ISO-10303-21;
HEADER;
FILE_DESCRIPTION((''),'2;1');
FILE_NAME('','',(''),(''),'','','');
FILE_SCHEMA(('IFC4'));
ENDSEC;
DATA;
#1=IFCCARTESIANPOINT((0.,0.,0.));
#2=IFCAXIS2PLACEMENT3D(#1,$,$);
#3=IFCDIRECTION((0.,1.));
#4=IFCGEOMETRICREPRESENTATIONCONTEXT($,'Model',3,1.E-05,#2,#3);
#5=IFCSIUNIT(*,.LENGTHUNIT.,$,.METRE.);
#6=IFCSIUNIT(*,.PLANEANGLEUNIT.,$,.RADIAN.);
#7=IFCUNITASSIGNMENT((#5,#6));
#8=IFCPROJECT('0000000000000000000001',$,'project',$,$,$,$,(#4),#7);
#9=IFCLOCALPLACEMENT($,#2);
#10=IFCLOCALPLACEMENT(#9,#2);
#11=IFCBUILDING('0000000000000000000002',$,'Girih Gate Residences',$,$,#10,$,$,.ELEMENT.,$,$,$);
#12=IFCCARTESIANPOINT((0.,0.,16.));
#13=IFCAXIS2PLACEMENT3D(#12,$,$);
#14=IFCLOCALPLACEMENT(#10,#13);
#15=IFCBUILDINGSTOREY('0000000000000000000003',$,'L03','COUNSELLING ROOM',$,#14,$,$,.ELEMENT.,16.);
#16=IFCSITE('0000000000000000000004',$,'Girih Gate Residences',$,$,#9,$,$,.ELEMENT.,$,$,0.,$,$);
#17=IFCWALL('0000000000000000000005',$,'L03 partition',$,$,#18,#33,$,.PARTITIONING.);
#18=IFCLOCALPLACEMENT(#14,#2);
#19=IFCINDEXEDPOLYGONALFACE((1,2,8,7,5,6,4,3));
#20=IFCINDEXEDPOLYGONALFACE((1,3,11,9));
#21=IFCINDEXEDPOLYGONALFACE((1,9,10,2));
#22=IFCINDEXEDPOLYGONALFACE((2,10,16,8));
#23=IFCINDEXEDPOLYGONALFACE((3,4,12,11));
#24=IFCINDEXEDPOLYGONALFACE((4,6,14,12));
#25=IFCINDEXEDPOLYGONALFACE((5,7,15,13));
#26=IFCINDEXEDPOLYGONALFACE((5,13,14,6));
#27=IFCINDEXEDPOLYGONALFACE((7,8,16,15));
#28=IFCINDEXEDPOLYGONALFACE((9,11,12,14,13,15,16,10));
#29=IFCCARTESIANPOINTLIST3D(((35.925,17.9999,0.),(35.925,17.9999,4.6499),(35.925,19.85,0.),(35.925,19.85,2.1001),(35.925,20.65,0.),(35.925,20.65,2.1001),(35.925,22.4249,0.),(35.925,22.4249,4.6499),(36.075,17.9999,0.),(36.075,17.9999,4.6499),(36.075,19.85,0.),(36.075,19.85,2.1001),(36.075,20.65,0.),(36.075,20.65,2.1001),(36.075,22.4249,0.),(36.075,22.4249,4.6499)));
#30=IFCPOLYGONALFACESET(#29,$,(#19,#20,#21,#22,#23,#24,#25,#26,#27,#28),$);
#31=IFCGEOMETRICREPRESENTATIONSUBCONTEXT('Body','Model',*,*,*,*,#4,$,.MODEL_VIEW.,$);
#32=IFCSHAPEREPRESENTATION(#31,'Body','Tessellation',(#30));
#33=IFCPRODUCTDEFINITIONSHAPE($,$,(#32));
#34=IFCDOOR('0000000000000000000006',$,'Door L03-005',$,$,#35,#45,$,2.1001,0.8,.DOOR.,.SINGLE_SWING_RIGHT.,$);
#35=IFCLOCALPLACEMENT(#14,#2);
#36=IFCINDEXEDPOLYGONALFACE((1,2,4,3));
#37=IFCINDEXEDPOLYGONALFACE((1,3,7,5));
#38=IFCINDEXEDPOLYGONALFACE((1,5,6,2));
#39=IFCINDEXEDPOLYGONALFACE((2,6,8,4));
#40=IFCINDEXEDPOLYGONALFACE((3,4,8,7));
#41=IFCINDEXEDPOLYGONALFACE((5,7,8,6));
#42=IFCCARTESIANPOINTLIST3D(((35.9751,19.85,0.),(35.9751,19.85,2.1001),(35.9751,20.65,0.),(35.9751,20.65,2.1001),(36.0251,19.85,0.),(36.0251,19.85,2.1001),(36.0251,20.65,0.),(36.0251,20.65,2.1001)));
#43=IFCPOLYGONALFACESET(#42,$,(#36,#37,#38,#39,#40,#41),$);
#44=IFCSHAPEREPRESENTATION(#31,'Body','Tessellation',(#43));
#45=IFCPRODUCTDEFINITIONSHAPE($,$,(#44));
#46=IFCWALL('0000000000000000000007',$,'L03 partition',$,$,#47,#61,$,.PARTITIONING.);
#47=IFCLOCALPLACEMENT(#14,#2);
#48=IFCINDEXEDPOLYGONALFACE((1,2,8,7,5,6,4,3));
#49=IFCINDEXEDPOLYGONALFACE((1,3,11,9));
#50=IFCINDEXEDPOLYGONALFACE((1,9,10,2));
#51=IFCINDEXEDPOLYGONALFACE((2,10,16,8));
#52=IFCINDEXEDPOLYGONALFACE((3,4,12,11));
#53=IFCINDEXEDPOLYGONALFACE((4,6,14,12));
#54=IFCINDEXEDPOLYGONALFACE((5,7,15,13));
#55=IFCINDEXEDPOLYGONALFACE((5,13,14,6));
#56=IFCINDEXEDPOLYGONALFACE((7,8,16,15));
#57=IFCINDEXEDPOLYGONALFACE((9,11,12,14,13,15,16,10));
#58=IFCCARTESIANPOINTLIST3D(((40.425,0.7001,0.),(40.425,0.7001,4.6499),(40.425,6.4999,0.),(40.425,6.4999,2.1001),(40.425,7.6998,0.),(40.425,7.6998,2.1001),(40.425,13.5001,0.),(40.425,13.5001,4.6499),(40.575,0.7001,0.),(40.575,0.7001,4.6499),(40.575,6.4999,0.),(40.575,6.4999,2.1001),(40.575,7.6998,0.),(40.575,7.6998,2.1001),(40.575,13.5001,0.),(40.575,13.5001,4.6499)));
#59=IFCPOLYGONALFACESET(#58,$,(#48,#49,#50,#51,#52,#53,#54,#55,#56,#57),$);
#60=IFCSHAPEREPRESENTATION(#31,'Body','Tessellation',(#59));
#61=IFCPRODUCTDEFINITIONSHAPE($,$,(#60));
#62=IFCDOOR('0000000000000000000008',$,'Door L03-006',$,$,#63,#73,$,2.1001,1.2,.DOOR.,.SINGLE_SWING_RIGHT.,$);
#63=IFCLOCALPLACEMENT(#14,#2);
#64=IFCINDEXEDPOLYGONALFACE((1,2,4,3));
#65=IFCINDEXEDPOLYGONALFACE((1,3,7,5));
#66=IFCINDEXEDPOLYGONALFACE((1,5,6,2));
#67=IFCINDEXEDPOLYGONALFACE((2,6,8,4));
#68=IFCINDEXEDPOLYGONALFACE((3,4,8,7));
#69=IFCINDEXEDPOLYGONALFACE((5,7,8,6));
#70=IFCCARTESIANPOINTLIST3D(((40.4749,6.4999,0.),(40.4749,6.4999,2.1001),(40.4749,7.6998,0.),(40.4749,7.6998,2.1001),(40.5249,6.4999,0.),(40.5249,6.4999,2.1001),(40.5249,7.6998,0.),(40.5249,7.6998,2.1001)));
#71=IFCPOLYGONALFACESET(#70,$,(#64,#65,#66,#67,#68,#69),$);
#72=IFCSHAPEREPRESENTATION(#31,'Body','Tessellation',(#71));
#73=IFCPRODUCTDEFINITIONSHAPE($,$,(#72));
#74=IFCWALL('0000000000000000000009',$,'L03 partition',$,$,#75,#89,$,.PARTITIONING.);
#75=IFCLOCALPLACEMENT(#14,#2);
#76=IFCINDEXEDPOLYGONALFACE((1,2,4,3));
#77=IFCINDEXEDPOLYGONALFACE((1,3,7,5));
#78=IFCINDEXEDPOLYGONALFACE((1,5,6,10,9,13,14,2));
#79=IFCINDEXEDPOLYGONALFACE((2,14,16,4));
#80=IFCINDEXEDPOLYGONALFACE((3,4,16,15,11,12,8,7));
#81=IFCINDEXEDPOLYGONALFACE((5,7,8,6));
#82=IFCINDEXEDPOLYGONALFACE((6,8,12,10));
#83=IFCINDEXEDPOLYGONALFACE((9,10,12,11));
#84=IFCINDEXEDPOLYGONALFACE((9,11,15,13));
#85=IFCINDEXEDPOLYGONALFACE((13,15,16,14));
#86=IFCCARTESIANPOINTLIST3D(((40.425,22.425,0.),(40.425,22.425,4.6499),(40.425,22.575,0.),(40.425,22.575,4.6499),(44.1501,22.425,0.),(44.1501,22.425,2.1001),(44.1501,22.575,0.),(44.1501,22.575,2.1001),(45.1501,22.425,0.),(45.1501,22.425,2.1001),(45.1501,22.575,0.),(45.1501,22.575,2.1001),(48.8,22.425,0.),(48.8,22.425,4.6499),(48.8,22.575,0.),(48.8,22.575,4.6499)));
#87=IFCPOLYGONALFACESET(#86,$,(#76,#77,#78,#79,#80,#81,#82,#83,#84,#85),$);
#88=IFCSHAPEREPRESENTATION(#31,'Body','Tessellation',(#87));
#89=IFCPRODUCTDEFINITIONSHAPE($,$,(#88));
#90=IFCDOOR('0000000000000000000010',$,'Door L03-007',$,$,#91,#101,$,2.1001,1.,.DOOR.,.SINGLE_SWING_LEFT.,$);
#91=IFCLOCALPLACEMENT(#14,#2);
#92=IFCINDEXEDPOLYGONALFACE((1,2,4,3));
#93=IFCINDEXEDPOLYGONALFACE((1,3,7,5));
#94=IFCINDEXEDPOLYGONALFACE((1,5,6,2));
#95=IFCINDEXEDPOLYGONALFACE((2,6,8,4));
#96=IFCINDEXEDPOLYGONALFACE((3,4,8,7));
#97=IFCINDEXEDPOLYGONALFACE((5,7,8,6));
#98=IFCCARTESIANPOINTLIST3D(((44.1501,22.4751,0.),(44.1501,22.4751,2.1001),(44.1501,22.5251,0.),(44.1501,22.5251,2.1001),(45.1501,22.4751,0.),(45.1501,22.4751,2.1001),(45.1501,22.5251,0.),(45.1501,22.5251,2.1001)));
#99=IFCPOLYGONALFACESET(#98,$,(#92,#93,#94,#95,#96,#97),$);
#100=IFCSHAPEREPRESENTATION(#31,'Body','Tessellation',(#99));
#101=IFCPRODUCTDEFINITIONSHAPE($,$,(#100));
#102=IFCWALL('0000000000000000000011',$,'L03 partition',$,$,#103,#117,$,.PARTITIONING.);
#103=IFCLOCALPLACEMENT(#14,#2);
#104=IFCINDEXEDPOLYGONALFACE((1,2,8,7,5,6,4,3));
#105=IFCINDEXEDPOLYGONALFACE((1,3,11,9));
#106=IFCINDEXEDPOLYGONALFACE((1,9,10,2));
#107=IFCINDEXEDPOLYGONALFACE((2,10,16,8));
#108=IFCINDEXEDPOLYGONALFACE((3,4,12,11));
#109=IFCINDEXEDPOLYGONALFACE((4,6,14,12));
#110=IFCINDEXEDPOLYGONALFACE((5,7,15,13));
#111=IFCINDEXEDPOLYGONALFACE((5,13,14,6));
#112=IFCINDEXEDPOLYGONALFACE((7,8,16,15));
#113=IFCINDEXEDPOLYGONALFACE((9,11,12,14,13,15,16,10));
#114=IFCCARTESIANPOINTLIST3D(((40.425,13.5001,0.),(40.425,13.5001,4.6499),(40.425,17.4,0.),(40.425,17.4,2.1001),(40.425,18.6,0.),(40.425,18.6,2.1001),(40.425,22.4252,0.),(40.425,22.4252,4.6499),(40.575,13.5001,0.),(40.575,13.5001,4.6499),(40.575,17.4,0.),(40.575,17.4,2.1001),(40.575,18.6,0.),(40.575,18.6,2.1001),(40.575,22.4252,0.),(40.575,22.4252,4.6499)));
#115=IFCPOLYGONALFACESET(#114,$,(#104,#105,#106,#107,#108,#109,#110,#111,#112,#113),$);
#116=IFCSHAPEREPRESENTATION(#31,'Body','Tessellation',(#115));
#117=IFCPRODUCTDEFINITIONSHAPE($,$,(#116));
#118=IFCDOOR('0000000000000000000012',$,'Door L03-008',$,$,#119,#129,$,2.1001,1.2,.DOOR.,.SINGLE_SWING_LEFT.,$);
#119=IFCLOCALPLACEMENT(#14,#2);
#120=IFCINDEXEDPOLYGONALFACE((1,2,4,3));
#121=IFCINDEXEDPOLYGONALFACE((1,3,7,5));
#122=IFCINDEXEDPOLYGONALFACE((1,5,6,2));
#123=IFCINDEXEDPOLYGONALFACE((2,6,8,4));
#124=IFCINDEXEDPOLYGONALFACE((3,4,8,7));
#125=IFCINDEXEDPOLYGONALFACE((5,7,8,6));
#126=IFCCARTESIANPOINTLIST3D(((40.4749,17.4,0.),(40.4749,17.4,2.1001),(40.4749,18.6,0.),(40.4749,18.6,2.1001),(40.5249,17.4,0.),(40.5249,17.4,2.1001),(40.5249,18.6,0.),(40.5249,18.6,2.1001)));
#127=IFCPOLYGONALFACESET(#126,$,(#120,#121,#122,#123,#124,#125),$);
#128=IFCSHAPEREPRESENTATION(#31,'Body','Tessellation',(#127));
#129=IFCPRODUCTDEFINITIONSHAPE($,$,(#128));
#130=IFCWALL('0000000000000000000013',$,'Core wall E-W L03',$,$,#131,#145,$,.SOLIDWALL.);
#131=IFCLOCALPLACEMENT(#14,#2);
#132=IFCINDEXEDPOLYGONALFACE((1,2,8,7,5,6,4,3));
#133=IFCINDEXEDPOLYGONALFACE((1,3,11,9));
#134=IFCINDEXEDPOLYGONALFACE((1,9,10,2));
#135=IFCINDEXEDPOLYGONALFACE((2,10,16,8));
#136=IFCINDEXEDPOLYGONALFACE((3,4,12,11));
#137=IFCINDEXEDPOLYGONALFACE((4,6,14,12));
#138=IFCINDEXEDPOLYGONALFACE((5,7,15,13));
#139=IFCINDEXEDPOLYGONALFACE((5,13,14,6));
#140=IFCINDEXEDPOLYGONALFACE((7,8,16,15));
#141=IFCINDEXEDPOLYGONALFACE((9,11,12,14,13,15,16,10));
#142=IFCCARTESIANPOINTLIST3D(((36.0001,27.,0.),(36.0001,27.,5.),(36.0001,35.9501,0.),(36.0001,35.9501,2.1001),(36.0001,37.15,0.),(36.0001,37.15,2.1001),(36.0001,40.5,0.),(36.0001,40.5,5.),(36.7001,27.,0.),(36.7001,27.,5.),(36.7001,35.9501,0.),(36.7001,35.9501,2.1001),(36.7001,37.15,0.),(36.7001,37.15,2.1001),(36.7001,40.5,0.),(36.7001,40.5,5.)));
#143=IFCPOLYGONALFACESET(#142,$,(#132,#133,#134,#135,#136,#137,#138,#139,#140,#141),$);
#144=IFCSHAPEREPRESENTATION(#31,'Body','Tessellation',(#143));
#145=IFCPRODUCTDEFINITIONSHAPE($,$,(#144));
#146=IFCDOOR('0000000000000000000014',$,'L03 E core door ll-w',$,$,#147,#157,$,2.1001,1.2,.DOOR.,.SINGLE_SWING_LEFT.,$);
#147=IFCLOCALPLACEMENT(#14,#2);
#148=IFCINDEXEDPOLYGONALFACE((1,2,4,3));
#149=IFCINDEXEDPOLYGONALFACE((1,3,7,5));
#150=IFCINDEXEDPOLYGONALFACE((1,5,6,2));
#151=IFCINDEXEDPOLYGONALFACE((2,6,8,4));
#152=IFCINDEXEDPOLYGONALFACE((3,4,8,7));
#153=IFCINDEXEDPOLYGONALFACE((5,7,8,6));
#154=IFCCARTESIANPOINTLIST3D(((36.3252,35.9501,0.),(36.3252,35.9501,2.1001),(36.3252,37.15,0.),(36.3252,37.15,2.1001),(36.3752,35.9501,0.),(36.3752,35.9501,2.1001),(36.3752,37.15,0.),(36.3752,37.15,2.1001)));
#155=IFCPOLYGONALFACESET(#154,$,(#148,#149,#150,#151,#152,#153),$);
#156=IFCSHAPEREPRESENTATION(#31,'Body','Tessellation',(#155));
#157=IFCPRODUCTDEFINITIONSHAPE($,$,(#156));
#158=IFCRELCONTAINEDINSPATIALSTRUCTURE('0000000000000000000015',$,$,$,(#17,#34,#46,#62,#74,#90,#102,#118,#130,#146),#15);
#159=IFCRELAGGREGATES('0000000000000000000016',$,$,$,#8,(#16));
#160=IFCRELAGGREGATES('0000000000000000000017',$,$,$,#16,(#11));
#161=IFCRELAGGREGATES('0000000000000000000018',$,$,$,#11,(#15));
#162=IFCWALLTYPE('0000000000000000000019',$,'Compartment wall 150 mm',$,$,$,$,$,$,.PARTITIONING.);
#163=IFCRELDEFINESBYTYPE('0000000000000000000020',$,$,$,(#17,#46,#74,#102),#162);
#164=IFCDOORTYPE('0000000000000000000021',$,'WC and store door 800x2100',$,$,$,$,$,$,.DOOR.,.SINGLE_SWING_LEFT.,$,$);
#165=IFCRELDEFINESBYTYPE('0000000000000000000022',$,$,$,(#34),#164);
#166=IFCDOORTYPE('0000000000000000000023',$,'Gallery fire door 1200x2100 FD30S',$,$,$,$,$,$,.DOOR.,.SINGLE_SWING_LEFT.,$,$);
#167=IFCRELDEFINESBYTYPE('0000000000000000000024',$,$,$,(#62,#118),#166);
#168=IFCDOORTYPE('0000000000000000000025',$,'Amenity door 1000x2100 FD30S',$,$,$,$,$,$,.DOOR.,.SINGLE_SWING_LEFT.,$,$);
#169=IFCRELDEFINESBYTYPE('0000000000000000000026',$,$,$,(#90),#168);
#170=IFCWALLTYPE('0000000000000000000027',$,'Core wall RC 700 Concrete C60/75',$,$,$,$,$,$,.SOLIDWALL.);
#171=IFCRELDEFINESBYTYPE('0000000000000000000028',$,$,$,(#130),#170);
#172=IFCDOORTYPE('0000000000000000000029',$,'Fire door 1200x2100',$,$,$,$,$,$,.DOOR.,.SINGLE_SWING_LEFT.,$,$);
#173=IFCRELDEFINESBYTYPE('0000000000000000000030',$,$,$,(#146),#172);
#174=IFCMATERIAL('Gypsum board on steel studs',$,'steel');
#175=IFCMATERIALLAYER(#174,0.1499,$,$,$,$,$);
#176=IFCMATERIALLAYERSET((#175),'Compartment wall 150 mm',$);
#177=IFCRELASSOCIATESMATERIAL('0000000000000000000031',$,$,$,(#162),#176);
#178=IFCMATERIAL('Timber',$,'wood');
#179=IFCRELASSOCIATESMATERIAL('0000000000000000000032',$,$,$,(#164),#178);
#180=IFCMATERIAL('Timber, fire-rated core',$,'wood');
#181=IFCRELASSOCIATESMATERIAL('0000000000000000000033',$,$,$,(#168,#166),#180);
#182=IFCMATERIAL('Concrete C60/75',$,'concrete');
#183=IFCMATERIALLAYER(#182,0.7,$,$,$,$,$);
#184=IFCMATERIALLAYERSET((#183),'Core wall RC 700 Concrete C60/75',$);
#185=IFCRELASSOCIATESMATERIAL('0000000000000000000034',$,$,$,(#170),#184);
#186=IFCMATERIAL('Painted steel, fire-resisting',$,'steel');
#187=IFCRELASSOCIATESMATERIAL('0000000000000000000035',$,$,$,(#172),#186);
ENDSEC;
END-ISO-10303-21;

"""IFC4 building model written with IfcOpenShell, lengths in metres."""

from ifc_helpers import new_model, si_unit, direction, frame, frame_2d, origin, place, context, subcontext, project, spatial, rectangle, extrude, material, layer, layer_set, type_object, element, fill, save


model = new_model("IFC4")

# Units and contexts
model_context = context("Model", 3, precision=1e-05, world=origin(), true_north=direction((0.0, 1.0)))
body_context = subcontext(model_context, "Body", "Model", "MODEL_VIEW")
ifc_project = project(units=[si_unit("LENGTHUNIT", "METRE"), si_unit("PLANEANGLEUNIT", "RADIAN")], contexts=[model_context])

# Site, building, storey
site_placement = place(None, origin())
site = spatial("IfcSite", under=ifc_project, at=site_placement, Name="Girih Gate Residences", CompositionType="ELEMENT", RefElevation=0.0)
building_placement = place(site_placement, origin())
building = spatial("IfcBuilding", under=site, at=building_placement, Name="Girih Gate Residences", CompositionType="ELEMENT")
storey_placement = place(building_placement, frame((0.0, 0.0, 16.0)))
storey = spatial("IfcBuildingStorey", under=building, at=storey_placement, Name="L03", Description="COUNSELLING ROOM", CompositionType="ELEMENT", Elevation=16.0)

# Shared definitions
ifc_material_1 = material(Name="Concrete C60/75", Category="concrete")

# Walls, openings, doors
ifc_material_2 = material(Name="Gypsum board on steel studs", Category="steel")
ifc_layer_1 = layer(ifc_material_2, 0.1499)
ifc_layer_set_1 = layer_set([ifc_layer_1], Name="Compartment wall 150 mm")
wall_type_1 = type_object("IfcWallType", Name="Compartment wall 150 mm", PredefinedType="PARTITIONING", material=ifc_layer_set_1)
ifc_material_3 = material(Name="Timber", Category="wood")
door_type_1 = type_object("IfcDoorType", Name="WC and store door 800x2100", OperationType="SINGLE_SWING_LEFT", PredefinedType="DOOR", material=ifc_material_3)
ifc_material_4 = material(Name="Timber, fire-rated core", Category="wood")
door_type_2 = type_object("IfcDoorType", Name="Amenity door 1000x2100 FD30S", OperationType="SINGLE_SWING_LEFT", PredefinedType="DOOR", material=ifc_material_4)
wall_1_placement = place(storey_placement, frame((36.0, 18.0, 0.0), z_axis=(0.0, 0.0, 1.0), x_axis=(0.0, 1.0, 0.0)))
wall_1 = element("IfcWall", 1, at=wall_1_placement, inside=storey, type_object=wall_type_1, Name="L03 partition", PredefinedType="PARTITIONING", context=body_context, shape_type="SweptSolid", body=[
    extrude(rectangle(XDim=4.425, YDim=0.1499, at=frame_2d((2.2124, 0.0))), origin(), (0.0, 0.0, 1.0), 4.6499),
])
opening_1_placement = place(wall_1_placement, frame((1.8501, 0.0, 0.0)))
opening_1 = element("IfcOpeningElement", 2, at=opening_1_placement, cuts=wall_1, PredefinedType="OPENING", context=body_context, shape_type="SweptSolid", body=[
    extrude(rectangle(XDim=0.8, YDim=2.1001, at=frame_2d((0.3999, 1.05))), frame((0.0, 0.085, 0.0), z_axis=(0.0, -1.0, 0.0), x_axis=(1.0, 0.0, 0.0)), (0.0, 0.0, 1.0), 0.1699),
])
door_1_placement = place(opening_1_placement, origin())
door_1 = element("IfcDoor", 3, at=door_1_placement, inside=storey, type_object=door_type_1, Name="Door L03-005", OperationType="SINGLE_SWING_RIGHT", OverallHeight=2.1001, OverallWidth=0.8, PredefinedType="DOOR", context=body_context, shape_type="SweptSolid", body=[
    extrude(rectangle(XDim=0.8, YDim=2.1001, at=frame_2d((0.3999, 1.05))), frame((0.0, 0.0249, 0.0), z_axis=(0.0, -1.0, 0.0), x_axis=(1.0, 0.0, 0.0)), (0.0, 0.0, 1.0), 0.05),
])
fill(opening_1, door_1)
wall_2_placement = place(storey_placement, frame((40.5, 13.5, 0.0), z_axis=(0.0, 0.0, 1.0), x_axis=(0.0, -1.0, 0.0)))
wall_2 = element("IfcWall", 4, at=wall_2_placement, inside=storey, type_object=wall_type_1, Name="L03 partition", PredefinedType="PARTITIONING", context=body_context, shape_type="SweptSolid", body=[
    extrude(rectangle(XDim=12.8, YDim=0.1499, at=frame_2d((6.3999, 0.0))), origin(), (0.0, 0.0, 1.0), 4.6499),
])
opening_2_placement = place(wall_2_placement, frame((5.8, 0.0, 0.0)))
opening_2 = element("IfcOpeningElement", 5, at=opening_2_placement, cuts=wall_2, PredefinedType="OPENING", context=body_context, shape_type="SweptSolid", body=[
    extrude(rectangle(XDim=1.2, YDim=2.1001, at=frame_2d((0.6001, 1.05))), frame((0.0, 0.085, 0.0), z_axis=(0.0, -1.0, 0.0), x_axis=(1.0, 0.0, 0.0)), (0.0, 0.0, 1.0), 0.1699),
])
door_type_3 = type_object("IfcDoorType", Name="Gallery fire door 1200x2100 FD30S", OperationType="SINGLE_SWING_LEFT", PredefinedType="DOOR", material=ifc_material_4)
door_2_placement = place(opening_2_placement, origin())
door_2 = element("IfcDoor", 6, at=door_2_placement, inside=storey, type_object=door_type_3, Name="Door L03-006", OperationType="SINGLE_SWING_RIGHT", OverallHeight=2.1001, OverallWidth=1.2, PredefinedType="DOOR", context=body_context, shape_type="SweptSolid", body=[
    extrude(rectangle(XDim=1.2, YDim=2.1001, at=frame_2d((0.6001, 1.05))), frame((0.0, 0.0249, 0.0), z_axis=(0.0, -1.0, 0.0), x_axis=(1.0, 0.0, 0.0)), (0.0, 0.0, 1.0), 0.05),
])
fill(opening_2, door_2)
wall_3_placement = place(storey_placement, frame((48.8, 22.5, 0.0), z_axis=(0.0, 0.0, 1.0), x_axis=(-1.0, 0.0, 0.0)))
wall_3 = element("IfcWall", 7, at=wall_3_placement, inside=storey, type_object=wall_type_1, Name="L03 partition", PredefinedType="PARTITIONING", context=body_context, shape_type="SweptSolid", body=[
    extrude(rectangle(XDim=8.375, YDim=0.1499, at=frame_2d((4.1875, 0.0))), origin(), (0.0, 0.0, 1.0), 4.6499),
])
opening_3_placement = place(wall_3_placement, frame((3.6499, 0.0, 0.0)))
opening_3 = element("IfcOpeningElement", 8, at=opening_3_placement, cuts=wall_3, PredefinedType="OPENING", context=body_context, shape_type="SweptSolid", body=[
    extrude(rectangle(XDim=1.0, YDim=2.1001, at=frame_2d((0.5, 1.05))), frame((0.0, 0.085, 0.0), z_axis=(0.0, -1.0, 0.0), x_axis=(1.0, 0.0, 0.0)), (0.0, 0.0, 1.0), 0.1699),
])
door_3_placement = place(opening_3_placement, origin())
door_3 = element("IfcDoor", 9, at=door_3_placement, inside=storey, type_object=door_type_2, Name="Door L03-007", OperationType="SINGLE_SWING_LEFT", OverallHeight=2.1001, OverallWidth=1.0, PredefinedType="DOOR", context=body_context, shape_type="SweptSolid", body=[
    extrude(rectangle(XDim=1.0, YDim=2.1001, at=frame_2d((0.5, 1.05))), frame((0.0, 0.0249, 0.0), z_axis=(0.0, -1.0, 0.0), x_axis=(1.0, 0.0, 0.0)), (0.0, 0.0, 1.0), 0.05),
])
fill(opening_3, door_3)
wall_4_placement = place(storey_placement, frame((40.5, 22.425, 0.0), z_axis=(0.0, 0.0, 1.0), x_axis=(0.0, -1.0, 0.0)))
wall_4 = element("IfcWall", 10, at=wall_4_placement, inside=storey, type_object=wall_type_1, Name="L03 partition", PredefinedType="PARTITIONING", context=body_context, shape_type="SweptSolid", body=[
    extrude(rectangle(XDim=8.925, YDim=0.1499, at=frame_2d((4.4624, 0.0))), origin(), (0.0, 0.0, 1.0), 4.6499),
])
opening_4_placement = place(wall_4_placement, frame((3.825, 0.0, 0.0)))
opening_4 = element("IfcOpeningElement", 11, at=opening_4_placement, cuts=wall_4, PredefinedType="OPENING", context=body_context, shape_type="SweptSolid", body=[
    extrude(rectangle(XDim=1.2, YDim=2.1001, at=frame_2d((0.6001, 1.05))), frame((0.0, 0.085, 0.0), z_axis=(0.0, -1.0, 0.0), x_axis=(1.0, 0.0, 0.0)), (0.0, 0.0, 1.0), 0.1699),
])
door_4_placement = place(opening_4_placement, origin())
door_4 = element("IfcDoor", 12, at=door_4_placement, inside=storey, type_object=door_type_3, Name="Door L03-008", OperationType="SINGLE_SWING_LEFT", OverallHeight=2.1001, OverallWidth=1.2, PredefinedType="DOOR", context=body_context, shape_type="SweptSolid", body=[
    extrude(rectangle(XDim=1.2, YDim=2.1001, at=frame_2d((0.6001, 1.05))), frame((0.0, 0.0249, 0.0), z_axis=(0.0, -1.0, 0.0), x_axis=(1.0, 0.0, 0.0)), (0.0, 0.0, 1.0), 0.05),
])
fill(opening_4, door_4)
ifc_layer_2 = layer(ifc_material_1, 0.7)
ifc_layer_set_2 = layer_set([ifc_layer_2], Name="Core wall RC 700 Concrete C60/75")
wall_type_2 = type_object("IfcWallType", Name="Core wall RC 700 Concrete C60/75", PredefinedType="SOLIDWALL", material=ifc_layer_set_2)
wall_5_placement = place(storey_placement, frame((36.3501, 27.0, 0.0), z_axis=(0.0, 0.0, 1.0), x_axis=(0.0, 1.0, 0.0)))
wall_5 = element("IfcWall", 13, at=wall_5_placement, inside=storey, type_object=wall_type_2, Name="Core wall E-W L03", PredefinedType="SOLIDWALL", context=body_context, shape_type="SweptSolid", body=[
    extrude(rectangle(XDim=13.5, YDim=0.7, at=frame_2d((6.75, 0.0))), origin(), (0.0, 0.0, 1.0), 5.0),
])
opening_5_placement = place(wall_5_placement, frame((8.95, 0.0, 0.0)))
opening_5 = element("IfcOpeningElement", 14, at=opening_5_placement, cuts=wall_5, PredefinedType="OPENING", context=body_context, shape_type="SweptSolid", body=[
    extrude(rectangle(XDim=1.2, YDim=2.1001, at=frame_2d((0.6001, 1.05))), frame((0.0, 0.3599, 0.0), z_axis=(0.0, -1.0, 0.0), x_axis=(1.0, 0.0, 0.0)), (0.0, 0.0, 1.0), 0.72),
])
ifc_material_5 = material(Name="Painted steel, fire-resisting", Category="steel")
door_type_4 = type_object("IfcDoorType", Name="Fire door 1200x2100", OperationType="SINGLE_SWING_LEFT", PredefinedType="DOOR", material=ifc_material_5)
door_5_placement = place(opening_5_placement, origin())
door_5 = element("IfcDoor", 15, at=door_5_placement, inside=storey, type_object=door_type_4, Name="L03 E core door ll-w", OperationType="SINGLE_SWING_LEFT", OverallHeight=2.1001, OverallWidth=1.2, PredefinedType="DOOR", context=body_context, shape_type="SweptSolid", body=[
    extrude(rectangle(XDim=1.2, YDim=2.1001, at=frame_2d((0.6001, 1.05))), frame((0.0, 0.0249, 0.0), z_axis=(0.0, -1.0, 0.0), x_axis=(1.0, 0.0, 0.0)), (0.0, 0.0, 1.0), 0.05),
])
fill(opening_5, door_5)

save(model, "model.ifc")
